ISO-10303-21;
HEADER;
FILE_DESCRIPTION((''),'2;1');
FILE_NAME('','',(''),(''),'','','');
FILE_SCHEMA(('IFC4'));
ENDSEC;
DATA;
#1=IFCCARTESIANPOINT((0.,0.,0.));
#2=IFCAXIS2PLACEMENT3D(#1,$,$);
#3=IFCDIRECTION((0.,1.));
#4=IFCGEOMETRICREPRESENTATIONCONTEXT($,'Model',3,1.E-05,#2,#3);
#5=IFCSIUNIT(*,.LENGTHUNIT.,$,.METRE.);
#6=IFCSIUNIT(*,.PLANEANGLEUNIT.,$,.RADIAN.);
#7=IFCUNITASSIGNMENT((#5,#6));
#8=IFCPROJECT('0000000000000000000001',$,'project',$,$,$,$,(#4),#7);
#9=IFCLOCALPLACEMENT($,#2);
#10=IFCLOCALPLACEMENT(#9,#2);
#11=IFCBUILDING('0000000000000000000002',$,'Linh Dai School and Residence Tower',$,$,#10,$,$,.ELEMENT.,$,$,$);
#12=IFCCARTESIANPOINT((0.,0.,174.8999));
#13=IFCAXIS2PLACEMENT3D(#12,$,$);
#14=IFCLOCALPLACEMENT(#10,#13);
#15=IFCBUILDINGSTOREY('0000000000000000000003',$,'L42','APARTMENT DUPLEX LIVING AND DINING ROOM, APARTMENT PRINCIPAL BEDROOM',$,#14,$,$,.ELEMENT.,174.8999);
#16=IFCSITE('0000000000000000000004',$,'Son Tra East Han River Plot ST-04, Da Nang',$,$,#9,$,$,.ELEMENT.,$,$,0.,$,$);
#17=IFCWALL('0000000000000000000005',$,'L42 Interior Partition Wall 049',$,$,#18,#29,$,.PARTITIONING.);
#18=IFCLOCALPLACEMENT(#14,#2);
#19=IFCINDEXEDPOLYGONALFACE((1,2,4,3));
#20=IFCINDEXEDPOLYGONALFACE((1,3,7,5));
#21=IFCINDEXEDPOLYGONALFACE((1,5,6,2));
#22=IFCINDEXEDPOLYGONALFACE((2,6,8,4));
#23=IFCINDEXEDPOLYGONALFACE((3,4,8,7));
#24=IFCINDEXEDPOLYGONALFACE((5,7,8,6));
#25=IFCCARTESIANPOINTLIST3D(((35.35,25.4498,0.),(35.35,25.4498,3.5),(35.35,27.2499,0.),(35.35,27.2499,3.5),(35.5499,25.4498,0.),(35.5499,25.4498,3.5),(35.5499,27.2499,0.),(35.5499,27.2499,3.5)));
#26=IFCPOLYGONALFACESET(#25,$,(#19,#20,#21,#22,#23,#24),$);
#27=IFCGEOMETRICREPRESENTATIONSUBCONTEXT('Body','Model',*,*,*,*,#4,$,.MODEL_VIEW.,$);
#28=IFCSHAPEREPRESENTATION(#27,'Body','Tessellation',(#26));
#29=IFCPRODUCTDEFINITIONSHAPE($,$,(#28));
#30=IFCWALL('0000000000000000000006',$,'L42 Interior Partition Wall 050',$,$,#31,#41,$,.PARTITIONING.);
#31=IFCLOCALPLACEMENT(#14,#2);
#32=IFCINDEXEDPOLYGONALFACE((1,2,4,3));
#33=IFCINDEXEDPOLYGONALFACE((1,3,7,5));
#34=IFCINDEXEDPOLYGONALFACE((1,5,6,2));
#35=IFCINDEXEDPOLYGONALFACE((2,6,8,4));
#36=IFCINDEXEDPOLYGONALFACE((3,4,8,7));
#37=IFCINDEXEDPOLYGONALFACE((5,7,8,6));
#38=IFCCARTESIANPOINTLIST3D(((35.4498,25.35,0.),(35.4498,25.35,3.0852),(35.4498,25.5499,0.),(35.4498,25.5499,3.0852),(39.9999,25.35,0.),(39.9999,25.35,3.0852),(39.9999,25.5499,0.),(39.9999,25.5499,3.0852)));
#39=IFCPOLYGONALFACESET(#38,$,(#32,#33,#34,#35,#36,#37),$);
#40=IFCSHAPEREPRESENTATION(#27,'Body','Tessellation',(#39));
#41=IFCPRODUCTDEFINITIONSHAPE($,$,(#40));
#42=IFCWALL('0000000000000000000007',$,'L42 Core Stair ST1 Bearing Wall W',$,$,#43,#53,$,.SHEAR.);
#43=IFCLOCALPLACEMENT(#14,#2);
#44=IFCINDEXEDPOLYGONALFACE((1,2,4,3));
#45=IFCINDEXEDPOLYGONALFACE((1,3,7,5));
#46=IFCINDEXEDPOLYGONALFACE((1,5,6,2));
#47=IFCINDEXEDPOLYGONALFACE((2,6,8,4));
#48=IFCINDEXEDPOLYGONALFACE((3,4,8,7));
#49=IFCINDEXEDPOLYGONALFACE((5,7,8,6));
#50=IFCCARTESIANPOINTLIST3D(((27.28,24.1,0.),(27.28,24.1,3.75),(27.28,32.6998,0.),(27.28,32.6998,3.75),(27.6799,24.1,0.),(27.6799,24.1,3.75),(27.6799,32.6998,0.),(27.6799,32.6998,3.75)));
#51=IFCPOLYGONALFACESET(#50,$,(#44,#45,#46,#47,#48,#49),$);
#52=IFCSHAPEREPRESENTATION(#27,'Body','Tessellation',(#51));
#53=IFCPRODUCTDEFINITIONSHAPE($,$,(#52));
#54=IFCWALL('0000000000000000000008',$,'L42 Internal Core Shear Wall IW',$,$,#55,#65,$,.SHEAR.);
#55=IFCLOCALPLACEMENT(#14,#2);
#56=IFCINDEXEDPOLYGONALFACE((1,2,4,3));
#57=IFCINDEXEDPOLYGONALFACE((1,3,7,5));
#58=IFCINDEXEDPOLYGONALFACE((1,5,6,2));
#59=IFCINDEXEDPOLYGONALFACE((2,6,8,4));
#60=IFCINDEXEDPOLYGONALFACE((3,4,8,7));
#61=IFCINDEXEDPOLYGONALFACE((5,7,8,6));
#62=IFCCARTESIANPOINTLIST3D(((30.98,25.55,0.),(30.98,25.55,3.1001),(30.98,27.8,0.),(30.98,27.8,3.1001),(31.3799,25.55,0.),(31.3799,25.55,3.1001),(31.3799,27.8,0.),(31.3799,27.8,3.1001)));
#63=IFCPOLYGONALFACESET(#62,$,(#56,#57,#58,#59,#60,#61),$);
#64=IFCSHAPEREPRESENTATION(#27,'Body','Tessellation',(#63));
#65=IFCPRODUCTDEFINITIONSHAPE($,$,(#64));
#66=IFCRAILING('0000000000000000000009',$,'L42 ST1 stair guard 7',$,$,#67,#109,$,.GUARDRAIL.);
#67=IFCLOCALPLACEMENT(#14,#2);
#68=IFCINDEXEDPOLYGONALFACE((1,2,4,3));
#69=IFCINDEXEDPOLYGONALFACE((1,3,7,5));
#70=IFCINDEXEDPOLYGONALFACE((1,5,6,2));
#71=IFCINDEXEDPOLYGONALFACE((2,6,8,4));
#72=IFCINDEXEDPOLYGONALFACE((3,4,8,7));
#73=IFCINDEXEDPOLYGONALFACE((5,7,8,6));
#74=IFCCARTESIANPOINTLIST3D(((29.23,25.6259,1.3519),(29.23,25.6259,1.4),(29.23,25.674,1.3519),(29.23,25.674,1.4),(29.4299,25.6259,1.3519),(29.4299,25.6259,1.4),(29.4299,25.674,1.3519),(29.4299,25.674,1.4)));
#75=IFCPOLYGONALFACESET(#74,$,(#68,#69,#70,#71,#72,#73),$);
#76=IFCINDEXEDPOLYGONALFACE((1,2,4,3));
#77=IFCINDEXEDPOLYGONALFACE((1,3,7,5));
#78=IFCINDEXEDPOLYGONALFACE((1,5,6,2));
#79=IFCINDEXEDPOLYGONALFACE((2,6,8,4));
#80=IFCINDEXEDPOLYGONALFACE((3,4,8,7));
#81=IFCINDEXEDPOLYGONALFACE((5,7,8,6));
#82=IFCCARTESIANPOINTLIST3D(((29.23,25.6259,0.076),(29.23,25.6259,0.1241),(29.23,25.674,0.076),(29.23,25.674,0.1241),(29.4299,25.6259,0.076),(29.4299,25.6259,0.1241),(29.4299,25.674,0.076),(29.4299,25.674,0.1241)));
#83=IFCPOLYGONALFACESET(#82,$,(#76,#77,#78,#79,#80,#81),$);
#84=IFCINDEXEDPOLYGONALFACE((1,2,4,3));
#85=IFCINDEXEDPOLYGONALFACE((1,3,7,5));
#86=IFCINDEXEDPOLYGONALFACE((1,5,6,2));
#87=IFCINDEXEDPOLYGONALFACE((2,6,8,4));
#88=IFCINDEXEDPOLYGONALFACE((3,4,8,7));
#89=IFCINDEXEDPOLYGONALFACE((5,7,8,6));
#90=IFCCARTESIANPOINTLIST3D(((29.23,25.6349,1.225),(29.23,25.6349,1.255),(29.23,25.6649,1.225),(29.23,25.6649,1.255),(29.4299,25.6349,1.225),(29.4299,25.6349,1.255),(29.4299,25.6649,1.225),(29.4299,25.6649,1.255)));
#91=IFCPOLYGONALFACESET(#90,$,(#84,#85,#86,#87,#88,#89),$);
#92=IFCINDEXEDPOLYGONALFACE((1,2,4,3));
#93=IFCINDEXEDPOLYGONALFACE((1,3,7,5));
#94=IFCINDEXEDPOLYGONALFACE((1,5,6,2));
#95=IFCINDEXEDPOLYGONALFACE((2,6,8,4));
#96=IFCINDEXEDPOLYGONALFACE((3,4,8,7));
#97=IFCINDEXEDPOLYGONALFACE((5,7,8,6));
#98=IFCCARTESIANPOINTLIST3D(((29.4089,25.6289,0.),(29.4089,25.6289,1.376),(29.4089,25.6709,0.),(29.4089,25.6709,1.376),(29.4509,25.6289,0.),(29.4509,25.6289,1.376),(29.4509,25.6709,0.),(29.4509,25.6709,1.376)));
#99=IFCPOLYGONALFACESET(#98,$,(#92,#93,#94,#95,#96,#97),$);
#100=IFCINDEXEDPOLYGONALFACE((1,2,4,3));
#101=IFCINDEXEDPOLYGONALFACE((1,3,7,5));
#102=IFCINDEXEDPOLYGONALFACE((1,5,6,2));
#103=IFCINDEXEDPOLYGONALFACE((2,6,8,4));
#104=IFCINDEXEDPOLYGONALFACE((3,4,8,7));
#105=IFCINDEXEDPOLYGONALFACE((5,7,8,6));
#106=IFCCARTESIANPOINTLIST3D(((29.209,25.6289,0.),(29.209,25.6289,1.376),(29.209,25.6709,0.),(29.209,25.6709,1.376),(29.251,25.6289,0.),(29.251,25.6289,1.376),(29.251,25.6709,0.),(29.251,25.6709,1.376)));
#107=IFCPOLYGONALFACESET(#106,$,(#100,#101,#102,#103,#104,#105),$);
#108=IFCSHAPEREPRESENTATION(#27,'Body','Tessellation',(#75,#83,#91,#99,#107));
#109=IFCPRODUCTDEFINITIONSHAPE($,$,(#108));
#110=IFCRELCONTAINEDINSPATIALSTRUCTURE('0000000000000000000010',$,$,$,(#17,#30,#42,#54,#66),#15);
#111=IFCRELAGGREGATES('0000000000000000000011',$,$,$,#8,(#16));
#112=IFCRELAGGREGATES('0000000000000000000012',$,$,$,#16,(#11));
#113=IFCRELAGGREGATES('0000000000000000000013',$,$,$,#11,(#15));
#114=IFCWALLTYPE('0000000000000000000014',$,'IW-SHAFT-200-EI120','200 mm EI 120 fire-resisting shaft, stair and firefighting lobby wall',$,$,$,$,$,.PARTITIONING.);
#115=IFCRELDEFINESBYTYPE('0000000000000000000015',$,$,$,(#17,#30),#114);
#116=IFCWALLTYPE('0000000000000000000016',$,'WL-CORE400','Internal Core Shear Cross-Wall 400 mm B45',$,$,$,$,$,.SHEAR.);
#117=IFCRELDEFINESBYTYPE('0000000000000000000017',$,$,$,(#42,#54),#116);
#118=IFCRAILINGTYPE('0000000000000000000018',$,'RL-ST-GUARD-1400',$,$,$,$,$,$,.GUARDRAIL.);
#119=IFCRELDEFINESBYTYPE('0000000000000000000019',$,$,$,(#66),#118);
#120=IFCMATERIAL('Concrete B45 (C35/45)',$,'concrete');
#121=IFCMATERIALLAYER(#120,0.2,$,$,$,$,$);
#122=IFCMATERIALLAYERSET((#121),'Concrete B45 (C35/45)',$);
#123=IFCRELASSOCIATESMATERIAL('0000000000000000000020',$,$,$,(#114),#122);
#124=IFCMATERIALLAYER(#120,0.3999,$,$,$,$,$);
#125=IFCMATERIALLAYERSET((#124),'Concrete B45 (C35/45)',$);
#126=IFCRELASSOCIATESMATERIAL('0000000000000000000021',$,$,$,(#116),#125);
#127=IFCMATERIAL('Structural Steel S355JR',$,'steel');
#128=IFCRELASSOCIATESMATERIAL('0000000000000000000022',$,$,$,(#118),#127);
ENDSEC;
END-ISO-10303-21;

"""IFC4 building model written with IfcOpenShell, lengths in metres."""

from ifc_helpers import new_model, si_unit, direction, frame, frame_2d, origin, origin_2d, place, context, subcontext, project, spatial, rectangle, extrude, source, transform, mapped, material, layer, layer_set, type_object, element, save


model = new_model("IFC4")

# Units and contexts
model_context = context("Model", 3, precision=1e-05, world=origin(), true_north=direction((0.0, 1.0)))
body_context = subcontext(model_context, "Body", "Model", "MODEL_VIEW")
ifc_project = project(units=[si_unit("LENGTHUNIT", "METRE"), si_unit("PLANEANGLEUNIT", "RADIAN")], contexts=[model_context])

# Site, building, storey
site_placement = place(None, origin())
site = spatial("IfcSite", under=ifc_project, at=site_placement, Name="Son Tra East Han River Plot ST-04, Da Nang", CompositionType="ELEMENT", RefElevation=0.0)
building_placement = place(site_placement, origin())
building = spatial("IfcBuilding", under=site, at=building_placement, Name="Linh Dai School and Residence Tower", CompositionType="ELEMENT")
storey_placement = place(building_placement, frame((0.0, 0.0, 174.8999)))
storey = spatial("IfcBuildingStorey", under=building, at=storey_placement, Name="L42", Description="APARTMENT DUPLEX LIVING AND DINING ROOM, APARTMENT PRINCIPAL BEDROOM", CompositionType="ELEMENT", Elevation=174.8999)

# Shared definitions
ifc_material_1 = material(Name="Structural Steel S355JR", Category="steel")

# Shared definitions
ifc_material_2 = material(Name="Concrete B45 (C35/45)", Category="concrete")
ifc_layer_1 = layer(ifc_material_2, 0.2)
ifc_layer_set_1 = layer_set([ifc_layer_1], Name="Concrete B45 (C35/45)")
wall_type_1 = type_object("IfcWallType", Name="IW-SHAFT-200-EI120", Description="200 mm EI 120 fire-resisting shaft, stair and firefighting lobby wall", PredefinedType="PARTITIONING", material=ifc_layer_set_1)

# Walls
wall_1_placement = place(storey_placement, frame((35.45, 25.45, 0.0), z_axis=(0.0, 0.0, 1.0), x_axis=(0.0, 1.0, 0.0)))
element("IfcWall", 1, at=wall_1_placement, inside=storey, type_object=wall_type_1, Name="L42 Interior Partition Wall 049", PredefinedType="PARTITIONING", context=body_context, shape_type="SweptSolid", body=[
    extrude(rectangle(XDim=1.8, YDim=0.2, at=frame_2d((0.8999, 0.0))), origin(), (0.0, 0.0, 1.0), 3.5),
])
wall_2_placement = place(storey_placement, frame((35.45, 25.45, 0.0), z_axis=(0.0, 0.0, 1.0), x_axis=(1.0, 0.0, 0.0)))
element("IfcWall", 2, at=wall_2_placement, inside=storey, type_object=wall_type_1, Name="L42 Interior Partition Wall 050", PredefinedType="PARTITIONING", context=body_context, shape_type="SweptSolid", body=[
    extrude(rectangle(XDim=4.55, YDim=0.2, at=frame_2d((2.2749, 0.0))), origin(), (0.0, 0.0, 1.0), 3.0852),
])
ifc_layer_2 = layer(ifc_material_2, 0.3999)
ifc_layer_set_2 = layer_set([ifc_layer_2], Name="Concrete B45 (C35/45)")
wall_type_2 = type_object("IfcWallType", Name="WL-CORE400", Description="Internal Core Shear Cross-Wall 400 mm B45", PredefinedType="SHEAR", material=ifc_layer_set_2)
wall_3_placement = place(storey_placement, frame((27.48, 24.1001, 0.0), z_axis=(0.0, 0.0, 1.0), x_axis=(0.0, 1.0, 0.0)))
element("IfcWall", 3, at=wall_3_placement, inside=storey, type_object=wall_type_2, Name="L42 Core Stair ST1 Bearing Wall W", PredefinedType="SHEAR", context=body_context, shape_type="SweptSolid", body=[
    extrude(rectangle(XDim=8.5999, YDim=0.3999, at=frame_2d((4.2998, 0.0))), origin(), (0.0, 0.0, 1.0), 3.75),
])
wall_4_placement = place(storey_placement, frame((31.1799, 25.55, 0.0), z_axis=(0.0, 0.0, 1.0), x_axis=(0.0, 1.0, 0.0)))
element("IfcWall", 4, at=wall_4_placement, inside=storey, type_object=wall_type_2, Name="L42 Internal Core Shear Wall IW", PredefinedType="SHEAR", context=body_context, shape_type="SweptSolid", body=[
    extrude(rectangle(XDim=2.25, YDim=0.3999, at=frame_2d((1.125, 0.0))), origin(), (0.0, 0.0, 1.0), 3.1001),
])

# Railing
railing_type = type_object("IfcRailingType", Name="RL-ST-GUARD-1400", PredefinedType="GUARDRAIL", material=ifc_material_1)
shared_shape_1 = source(origin(), body_context, "Body", "SweptSolid", [
    extrude(rectangle(XDim=0.0481, YDim=0.0481, at=origin_2d()), frame((0.0, 0.0, 1.376), z_axis=(-1.0, 0.0, 0.0), x_axis=(0.0, -1.0, 0.0)), (0.0, 0.0, 1.0), 0.2),
    extrude(rectangle(XDim=0.0481, YDim=0.0481, at=origin_2d()), frame((0.0, 0.0, 0.1001), z_axis=(-1.0, 0.0, 0.0), x_axis=(0.0, -1.0, 0.0)), (0.0, 0.0, 1.0), 0.2),
    extrude(rectangle(XDim=0.03, YDim=0.03, at=origin_2d()), frame((0.0, 0.0, 1.24), z_axis=(-1.0, 0.0, 0.0), x_axis=(0.0, -1.0, 0.0)), (0.0, 0.0, 1.0), 0.2),
    extrude(rectangle(XDim=0.042, YDim=0.042, at=origin_2d()), origin(), (0.0, 0.0, 1.0), 1.376),
    extrude(rectangle(XDim=0.042, YDim=0.042, at=origin_2d()), frame((-0.2, 0.0, 0.0)), (0.0, 0.0, 1.0), 1.376),
])
railing_1_placement = place(storey_placement, frame((29.4299, 25.6499, 0.0)))
element("IfcRailing", 5, at=railing_1_placement, inside=storey, type_object=railing_type, Name="L42 ST1 stair guard 7", PredefinedType="GUARDRAIL", context=body_context, shape_type="MappedRepresentation", body=[
    mapped(shared_shape_1, transform((0.0, 0.0, 0.0), x_axis=(1.0, 0.0, 0.0), y_axis=(0.0, 1.0, 0.0), z_axis=(0.0, 0.0, 1.0), scale=1.0)),
])

save(model, "model.ifc")
